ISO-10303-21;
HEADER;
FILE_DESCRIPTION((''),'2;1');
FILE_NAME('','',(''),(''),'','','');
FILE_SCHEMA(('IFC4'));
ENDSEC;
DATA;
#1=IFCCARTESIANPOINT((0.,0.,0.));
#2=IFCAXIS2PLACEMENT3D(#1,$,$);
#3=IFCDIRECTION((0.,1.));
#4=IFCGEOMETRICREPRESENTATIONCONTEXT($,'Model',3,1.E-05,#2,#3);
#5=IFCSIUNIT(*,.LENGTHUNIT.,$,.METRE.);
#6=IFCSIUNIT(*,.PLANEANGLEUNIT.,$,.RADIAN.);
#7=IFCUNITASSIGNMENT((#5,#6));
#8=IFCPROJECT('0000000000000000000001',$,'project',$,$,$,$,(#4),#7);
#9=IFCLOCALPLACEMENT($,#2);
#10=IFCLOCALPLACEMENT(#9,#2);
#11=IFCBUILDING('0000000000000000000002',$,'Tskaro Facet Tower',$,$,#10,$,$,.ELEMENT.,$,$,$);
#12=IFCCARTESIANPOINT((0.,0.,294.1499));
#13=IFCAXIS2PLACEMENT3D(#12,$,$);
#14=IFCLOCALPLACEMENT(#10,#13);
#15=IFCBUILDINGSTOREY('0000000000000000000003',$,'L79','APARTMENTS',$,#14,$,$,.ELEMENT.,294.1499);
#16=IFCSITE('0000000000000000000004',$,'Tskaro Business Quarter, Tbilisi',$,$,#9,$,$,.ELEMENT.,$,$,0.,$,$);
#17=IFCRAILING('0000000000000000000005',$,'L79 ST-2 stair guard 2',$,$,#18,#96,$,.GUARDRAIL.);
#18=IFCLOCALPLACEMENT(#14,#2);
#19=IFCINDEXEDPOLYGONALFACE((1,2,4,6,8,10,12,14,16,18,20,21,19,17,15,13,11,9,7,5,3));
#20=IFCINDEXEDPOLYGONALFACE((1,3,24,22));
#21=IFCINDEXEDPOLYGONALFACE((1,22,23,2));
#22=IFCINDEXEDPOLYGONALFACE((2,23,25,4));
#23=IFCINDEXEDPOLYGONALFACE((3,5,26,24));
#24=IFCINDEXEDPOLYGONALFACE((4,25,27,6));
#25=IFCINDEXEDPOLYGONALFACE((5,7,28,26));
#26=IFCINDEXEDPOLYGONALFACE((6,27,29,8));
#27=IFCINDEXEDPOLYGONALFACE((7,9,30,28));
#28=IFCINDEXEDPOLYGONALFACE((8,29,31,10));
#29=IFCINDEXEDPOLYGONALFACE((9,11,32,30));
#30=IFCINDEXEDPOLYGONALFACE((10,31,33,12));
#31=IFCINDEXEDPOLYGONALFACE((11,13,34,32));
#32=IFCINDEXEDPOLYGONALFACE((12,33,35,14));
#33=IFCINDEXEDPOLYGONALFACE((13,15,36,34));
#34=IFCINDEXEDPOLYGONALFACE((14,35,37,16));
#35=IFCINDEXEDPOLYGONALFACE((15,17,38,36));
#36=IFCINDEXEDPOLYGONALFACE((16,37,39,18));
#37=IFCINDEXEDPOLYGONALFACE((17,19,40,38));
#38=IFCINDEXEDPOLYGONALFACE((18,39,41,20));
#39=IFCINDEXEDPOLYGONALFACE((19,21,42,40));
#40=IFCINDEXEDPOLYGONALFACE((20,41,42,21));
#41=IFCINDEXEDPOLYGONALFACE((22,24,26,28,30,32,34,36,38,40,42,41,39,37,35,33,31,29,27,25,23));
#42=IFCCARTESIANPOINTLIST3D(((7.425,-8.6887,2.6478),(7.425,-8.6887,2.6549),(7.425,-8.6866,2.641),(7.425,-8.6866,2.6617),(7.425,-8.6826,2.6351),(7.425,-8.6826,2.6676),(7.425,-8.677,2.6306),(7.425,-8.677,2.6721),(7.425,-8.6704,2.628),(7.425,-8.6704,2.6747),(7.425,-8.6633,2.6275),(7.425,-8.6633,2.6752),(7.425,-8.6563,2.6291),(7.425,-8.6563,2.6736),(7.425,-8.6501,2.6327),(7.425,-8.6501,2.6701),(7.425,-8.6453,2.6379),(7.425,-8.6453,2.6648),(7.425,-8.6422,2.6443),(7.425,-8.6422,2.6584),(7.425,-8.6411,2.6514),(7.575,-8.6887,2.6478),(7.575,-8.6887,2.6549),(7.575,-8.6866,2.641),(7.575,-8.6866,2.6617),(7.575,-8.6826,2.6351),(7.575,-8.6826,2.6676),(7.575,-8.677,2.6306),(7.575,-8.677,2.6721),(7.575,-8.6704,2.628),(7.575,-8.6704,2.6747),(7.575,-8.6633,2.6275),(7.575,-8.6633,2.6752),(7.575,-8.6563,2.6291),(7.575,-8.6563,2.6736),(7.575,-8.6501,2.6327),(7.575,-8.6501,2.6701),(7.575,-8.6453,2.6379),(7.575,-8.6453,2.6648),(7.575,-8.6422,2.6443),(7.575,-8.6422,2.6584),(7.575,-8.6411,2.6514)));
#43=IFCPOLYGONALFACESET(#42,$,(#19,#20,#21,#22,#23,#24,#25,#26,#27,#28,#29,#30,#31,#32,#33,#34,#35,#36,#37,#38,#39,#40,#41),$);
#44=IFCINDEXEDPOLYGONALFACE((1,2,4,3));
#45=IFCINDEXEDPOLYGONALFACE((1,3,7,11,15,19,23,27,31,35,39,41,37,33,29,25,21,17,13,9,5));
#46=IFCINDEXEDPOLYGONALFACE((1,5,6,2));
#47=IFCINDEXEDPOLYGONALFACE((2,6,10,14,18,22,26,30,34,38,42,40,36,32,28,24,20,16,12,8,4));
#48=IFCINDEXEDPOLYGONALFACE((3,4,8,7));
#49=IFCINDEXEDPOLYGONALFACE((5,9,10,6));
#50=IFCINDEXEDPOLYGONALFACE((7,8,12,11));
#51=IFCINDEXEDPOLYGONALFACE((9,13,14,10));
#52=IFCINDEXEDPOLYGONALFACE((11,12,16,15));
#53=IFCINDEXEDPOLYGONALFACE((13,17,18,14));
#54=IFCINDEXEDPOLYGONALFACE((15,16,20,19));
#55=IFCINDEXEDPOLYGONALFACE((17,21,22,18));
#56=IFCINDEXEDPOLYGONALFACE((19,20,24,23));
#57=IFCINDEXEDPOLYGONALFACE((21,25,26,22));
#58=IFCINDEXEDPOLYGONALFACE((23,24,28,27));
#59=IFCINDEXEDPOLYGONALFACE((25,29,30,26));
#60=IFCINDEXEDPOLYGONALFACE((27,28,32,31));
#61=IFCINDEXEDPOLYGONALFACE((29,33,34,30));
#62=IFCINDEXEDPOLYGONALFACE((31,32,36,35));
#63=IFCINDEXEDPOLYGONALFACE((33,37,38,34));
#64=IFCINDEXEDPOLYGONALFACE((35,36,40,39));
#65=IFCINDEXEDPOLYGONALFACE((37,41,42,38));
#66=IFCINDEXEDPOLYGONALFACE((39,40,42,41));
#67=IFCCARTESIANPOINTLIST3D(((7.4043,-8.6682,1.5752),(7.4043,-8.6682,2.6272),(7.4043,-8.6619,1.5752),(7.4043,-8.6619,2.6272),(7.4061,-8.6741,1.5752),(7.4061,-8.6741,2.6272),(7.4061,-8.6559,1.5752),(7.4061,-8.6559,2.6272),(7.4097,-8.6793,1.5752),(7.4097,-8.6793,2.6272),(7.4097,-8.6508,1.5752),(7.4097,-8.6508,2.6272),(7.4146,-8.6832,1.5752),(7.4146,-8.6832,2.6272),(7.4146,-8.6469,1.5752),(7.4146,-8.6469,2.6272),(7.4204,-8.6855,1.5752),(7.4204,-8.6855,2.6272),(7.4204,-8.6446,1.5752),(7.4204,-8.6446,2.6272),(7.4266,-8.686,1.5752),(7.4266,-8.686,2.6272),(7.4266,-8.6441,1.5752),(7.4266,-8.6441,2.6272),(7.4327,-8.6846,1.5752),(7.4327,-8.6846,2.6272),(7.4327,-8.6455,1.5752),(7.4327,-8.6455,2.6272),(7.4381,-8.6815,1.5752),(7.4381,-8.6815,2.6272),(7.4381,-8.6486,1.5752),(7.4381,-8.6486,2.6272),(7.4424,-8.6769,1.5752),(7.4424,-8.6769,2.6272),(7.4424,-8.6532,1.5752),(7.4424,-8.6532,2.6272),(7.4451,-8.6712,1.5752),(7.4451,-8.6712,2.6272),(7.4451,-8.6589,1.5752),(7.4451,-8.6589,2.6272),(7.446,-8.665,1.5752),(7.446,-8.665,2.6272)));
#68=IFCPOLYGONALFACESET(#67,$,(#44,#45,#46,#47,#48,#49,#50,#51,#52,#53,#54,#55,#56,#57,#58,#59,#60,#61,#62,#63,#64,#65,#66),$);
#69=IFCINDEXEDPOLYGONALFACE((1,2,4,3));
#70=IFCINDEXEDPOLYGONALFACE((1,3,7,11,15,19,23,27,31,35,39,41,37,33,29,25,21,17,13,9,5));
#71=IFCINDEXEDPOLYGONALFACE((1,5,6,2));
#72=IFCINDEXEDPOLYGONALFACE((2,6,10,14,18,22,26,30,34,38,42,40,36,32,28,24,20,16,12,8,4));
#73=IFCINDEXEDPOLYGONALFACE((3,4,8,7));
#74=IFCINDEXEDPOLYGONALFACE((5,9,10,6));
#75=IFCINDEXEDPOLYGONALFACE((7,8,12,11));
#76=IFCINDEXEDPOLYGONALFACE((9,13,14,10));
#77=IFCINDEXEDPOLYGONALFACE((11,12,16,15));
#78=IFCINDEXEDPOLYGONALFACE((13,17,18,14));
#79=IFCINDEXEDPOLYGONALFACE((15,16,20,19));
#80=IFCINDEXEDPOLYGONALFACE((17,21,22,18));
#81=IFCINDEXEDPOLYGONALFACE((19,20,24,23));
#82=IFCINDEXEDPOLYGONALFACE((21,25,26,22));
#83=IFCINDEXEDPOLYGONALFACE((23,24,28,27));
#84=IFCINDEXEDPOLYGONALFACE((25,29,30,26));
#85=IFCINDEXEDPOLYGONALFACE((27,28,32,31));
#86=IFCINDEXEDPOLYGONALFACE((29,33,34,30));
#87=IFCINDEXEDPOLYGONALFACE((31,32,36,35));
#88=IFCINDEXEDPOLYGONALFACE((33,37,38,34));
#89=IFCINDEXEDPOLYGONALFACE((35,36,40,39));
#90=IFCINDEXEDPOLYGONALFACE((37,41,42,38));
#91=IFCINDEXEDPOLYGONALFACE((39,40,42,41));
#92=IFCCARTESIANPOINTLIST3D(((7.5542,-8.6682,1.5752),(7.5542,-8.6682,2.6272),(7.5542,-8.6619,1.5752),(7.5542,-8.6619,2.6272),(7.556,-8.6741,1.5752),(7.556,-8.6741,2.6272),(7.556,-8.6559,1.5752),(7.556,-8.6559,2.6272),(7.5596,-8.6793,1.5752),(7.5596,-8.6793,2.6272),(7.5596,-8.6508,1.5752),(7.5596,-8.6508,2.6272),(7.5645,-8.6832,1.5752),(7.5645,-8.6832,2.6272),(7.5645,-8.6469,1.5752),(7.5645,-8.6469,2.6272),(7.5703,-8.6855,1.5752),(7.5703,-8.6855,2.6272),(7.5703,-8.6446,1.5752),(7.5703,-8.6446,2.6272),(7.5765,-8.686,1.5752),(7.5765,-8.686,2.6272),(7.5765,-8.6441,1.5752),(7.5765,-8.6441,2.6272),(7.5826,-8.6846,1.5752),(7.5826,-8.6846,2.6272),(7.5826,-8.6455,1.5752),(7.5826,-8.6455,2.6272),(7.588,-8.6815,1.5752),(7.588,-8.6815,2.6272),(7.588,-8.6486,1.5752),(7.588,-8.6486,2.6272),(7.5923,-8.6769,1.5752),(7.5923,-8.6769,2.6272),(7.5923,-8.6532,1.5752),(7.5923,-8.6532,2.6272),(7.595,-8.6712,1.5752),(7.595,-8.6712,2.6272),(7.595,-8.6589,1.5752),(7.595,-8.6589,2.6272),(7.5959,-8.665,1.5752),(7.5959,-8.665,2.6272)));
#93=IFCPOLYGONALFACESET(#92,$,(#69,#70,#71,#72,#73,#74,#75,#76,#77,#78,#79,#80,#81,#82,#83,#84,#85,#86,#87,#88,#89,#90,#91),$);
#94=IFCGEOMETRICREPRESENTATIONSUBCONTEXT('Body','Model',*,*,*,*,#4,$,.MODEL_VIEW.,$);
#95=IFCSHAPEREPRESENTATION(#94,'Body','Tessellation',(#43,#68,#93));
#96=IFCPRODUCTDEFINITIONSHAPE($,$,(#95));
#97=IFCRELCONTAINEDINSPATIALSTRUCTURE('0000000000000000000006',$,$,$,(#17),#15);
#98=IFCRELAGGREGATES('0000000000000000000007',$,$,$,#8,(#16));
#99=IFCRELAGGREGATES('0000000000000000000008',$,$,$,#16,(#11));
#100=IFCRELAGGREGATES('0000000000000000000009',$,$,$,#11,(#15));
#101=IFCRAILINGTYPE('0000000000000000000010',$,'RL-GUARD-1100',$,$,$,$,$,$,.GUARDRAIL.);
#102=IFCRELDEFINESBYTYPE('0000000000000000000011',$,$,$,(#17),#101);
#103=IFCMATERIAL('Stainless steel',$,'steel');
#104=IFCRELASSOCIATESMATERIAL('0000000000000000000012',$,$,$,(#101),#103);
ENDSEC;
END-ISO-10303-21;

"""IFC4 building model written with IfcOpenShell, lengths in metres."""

from ifc_helpers import new_model, si_unit, direction, frame, origin, origin_2d, place, context, subcontext, project, spatial, circle, extrude, material, type_object, element, save


model = new_model("IFC4")

# Units and contexts
model_context = context("Model", 3, precision=1e-05, world=origin(), true_north=direction((0.0, 1.0)))
body_context = subcontext(model_context, "Body", "Model", "MODEL_VIEW")
ifc_project = project(units=[si_unit("LENGTHUNIT", "METRE"), si_unit("PLANEANGLEUNIT", "RADIAN")], contexts=[model_context])

# Site, building, storey
site_placement = place(None, origin())
site = spatial("IfcSite", under=ifc_project, at=site_placement, Name="Tskaro Business Quarter, Tbilisi", CompositionType="ELEMENT", RefElevation=0.0)
building_placement = place(site_placement, origin())
building = spatial("IfcBuilding", under=site, at=building_placement, Name="Tskaro Facet Tower", CompositionType="ELEMENT")
storey_placement = place(building_placement, frame((0.0, 0.0, 294.1499)))
storey = spatial("IfcBuildingStorey", under=building, at=storey_placement, Name="L79", Description="APARTMENTS", CompositionType="ELEMENT", Elevation=294.1499)

# Railing
ifc_material_1 = material(Name="Stainless steel", Category="steel")
railing_type_1 = type_object("IfcRailingType", Name="RL-GUARD-1100", PredefinedType="GUARDRAIL", material=ifc_material_1)
railing_1_placement = place(storey_placement, frame((7.425, -8.665, 1.5752)))
element("IfcRailing", 1, at=railing_1_placement, inside=storey, type_object=railing_type_1, Name="L79 ST-2 stair guard 2", PredefinedType="GUARDRAIL", context=body_context, shape_type="SweptSolid", body=[
    extrude(circle(Radius=0.0239, at=origin_2d()), frame((0.0, 0.0, 1.0762), z_axis=(1.0, 0.0, 0.0), x_axis=(0.0, 1.0, 0.0)), (0.0, 0.0, 1.0), 0.1499),
    extrude(circle(Radius=0.021, at=origin_2d()), origin(), (0.0, 0.0, 1.0), 1.052),
    extrude(circle(Radius=0.021, at=origin_2d()), frame((0.1499, 0.0, 0.0)), (0.0, 0.0, 1.0), 1.052),
])

save(model, "model.ifc")
